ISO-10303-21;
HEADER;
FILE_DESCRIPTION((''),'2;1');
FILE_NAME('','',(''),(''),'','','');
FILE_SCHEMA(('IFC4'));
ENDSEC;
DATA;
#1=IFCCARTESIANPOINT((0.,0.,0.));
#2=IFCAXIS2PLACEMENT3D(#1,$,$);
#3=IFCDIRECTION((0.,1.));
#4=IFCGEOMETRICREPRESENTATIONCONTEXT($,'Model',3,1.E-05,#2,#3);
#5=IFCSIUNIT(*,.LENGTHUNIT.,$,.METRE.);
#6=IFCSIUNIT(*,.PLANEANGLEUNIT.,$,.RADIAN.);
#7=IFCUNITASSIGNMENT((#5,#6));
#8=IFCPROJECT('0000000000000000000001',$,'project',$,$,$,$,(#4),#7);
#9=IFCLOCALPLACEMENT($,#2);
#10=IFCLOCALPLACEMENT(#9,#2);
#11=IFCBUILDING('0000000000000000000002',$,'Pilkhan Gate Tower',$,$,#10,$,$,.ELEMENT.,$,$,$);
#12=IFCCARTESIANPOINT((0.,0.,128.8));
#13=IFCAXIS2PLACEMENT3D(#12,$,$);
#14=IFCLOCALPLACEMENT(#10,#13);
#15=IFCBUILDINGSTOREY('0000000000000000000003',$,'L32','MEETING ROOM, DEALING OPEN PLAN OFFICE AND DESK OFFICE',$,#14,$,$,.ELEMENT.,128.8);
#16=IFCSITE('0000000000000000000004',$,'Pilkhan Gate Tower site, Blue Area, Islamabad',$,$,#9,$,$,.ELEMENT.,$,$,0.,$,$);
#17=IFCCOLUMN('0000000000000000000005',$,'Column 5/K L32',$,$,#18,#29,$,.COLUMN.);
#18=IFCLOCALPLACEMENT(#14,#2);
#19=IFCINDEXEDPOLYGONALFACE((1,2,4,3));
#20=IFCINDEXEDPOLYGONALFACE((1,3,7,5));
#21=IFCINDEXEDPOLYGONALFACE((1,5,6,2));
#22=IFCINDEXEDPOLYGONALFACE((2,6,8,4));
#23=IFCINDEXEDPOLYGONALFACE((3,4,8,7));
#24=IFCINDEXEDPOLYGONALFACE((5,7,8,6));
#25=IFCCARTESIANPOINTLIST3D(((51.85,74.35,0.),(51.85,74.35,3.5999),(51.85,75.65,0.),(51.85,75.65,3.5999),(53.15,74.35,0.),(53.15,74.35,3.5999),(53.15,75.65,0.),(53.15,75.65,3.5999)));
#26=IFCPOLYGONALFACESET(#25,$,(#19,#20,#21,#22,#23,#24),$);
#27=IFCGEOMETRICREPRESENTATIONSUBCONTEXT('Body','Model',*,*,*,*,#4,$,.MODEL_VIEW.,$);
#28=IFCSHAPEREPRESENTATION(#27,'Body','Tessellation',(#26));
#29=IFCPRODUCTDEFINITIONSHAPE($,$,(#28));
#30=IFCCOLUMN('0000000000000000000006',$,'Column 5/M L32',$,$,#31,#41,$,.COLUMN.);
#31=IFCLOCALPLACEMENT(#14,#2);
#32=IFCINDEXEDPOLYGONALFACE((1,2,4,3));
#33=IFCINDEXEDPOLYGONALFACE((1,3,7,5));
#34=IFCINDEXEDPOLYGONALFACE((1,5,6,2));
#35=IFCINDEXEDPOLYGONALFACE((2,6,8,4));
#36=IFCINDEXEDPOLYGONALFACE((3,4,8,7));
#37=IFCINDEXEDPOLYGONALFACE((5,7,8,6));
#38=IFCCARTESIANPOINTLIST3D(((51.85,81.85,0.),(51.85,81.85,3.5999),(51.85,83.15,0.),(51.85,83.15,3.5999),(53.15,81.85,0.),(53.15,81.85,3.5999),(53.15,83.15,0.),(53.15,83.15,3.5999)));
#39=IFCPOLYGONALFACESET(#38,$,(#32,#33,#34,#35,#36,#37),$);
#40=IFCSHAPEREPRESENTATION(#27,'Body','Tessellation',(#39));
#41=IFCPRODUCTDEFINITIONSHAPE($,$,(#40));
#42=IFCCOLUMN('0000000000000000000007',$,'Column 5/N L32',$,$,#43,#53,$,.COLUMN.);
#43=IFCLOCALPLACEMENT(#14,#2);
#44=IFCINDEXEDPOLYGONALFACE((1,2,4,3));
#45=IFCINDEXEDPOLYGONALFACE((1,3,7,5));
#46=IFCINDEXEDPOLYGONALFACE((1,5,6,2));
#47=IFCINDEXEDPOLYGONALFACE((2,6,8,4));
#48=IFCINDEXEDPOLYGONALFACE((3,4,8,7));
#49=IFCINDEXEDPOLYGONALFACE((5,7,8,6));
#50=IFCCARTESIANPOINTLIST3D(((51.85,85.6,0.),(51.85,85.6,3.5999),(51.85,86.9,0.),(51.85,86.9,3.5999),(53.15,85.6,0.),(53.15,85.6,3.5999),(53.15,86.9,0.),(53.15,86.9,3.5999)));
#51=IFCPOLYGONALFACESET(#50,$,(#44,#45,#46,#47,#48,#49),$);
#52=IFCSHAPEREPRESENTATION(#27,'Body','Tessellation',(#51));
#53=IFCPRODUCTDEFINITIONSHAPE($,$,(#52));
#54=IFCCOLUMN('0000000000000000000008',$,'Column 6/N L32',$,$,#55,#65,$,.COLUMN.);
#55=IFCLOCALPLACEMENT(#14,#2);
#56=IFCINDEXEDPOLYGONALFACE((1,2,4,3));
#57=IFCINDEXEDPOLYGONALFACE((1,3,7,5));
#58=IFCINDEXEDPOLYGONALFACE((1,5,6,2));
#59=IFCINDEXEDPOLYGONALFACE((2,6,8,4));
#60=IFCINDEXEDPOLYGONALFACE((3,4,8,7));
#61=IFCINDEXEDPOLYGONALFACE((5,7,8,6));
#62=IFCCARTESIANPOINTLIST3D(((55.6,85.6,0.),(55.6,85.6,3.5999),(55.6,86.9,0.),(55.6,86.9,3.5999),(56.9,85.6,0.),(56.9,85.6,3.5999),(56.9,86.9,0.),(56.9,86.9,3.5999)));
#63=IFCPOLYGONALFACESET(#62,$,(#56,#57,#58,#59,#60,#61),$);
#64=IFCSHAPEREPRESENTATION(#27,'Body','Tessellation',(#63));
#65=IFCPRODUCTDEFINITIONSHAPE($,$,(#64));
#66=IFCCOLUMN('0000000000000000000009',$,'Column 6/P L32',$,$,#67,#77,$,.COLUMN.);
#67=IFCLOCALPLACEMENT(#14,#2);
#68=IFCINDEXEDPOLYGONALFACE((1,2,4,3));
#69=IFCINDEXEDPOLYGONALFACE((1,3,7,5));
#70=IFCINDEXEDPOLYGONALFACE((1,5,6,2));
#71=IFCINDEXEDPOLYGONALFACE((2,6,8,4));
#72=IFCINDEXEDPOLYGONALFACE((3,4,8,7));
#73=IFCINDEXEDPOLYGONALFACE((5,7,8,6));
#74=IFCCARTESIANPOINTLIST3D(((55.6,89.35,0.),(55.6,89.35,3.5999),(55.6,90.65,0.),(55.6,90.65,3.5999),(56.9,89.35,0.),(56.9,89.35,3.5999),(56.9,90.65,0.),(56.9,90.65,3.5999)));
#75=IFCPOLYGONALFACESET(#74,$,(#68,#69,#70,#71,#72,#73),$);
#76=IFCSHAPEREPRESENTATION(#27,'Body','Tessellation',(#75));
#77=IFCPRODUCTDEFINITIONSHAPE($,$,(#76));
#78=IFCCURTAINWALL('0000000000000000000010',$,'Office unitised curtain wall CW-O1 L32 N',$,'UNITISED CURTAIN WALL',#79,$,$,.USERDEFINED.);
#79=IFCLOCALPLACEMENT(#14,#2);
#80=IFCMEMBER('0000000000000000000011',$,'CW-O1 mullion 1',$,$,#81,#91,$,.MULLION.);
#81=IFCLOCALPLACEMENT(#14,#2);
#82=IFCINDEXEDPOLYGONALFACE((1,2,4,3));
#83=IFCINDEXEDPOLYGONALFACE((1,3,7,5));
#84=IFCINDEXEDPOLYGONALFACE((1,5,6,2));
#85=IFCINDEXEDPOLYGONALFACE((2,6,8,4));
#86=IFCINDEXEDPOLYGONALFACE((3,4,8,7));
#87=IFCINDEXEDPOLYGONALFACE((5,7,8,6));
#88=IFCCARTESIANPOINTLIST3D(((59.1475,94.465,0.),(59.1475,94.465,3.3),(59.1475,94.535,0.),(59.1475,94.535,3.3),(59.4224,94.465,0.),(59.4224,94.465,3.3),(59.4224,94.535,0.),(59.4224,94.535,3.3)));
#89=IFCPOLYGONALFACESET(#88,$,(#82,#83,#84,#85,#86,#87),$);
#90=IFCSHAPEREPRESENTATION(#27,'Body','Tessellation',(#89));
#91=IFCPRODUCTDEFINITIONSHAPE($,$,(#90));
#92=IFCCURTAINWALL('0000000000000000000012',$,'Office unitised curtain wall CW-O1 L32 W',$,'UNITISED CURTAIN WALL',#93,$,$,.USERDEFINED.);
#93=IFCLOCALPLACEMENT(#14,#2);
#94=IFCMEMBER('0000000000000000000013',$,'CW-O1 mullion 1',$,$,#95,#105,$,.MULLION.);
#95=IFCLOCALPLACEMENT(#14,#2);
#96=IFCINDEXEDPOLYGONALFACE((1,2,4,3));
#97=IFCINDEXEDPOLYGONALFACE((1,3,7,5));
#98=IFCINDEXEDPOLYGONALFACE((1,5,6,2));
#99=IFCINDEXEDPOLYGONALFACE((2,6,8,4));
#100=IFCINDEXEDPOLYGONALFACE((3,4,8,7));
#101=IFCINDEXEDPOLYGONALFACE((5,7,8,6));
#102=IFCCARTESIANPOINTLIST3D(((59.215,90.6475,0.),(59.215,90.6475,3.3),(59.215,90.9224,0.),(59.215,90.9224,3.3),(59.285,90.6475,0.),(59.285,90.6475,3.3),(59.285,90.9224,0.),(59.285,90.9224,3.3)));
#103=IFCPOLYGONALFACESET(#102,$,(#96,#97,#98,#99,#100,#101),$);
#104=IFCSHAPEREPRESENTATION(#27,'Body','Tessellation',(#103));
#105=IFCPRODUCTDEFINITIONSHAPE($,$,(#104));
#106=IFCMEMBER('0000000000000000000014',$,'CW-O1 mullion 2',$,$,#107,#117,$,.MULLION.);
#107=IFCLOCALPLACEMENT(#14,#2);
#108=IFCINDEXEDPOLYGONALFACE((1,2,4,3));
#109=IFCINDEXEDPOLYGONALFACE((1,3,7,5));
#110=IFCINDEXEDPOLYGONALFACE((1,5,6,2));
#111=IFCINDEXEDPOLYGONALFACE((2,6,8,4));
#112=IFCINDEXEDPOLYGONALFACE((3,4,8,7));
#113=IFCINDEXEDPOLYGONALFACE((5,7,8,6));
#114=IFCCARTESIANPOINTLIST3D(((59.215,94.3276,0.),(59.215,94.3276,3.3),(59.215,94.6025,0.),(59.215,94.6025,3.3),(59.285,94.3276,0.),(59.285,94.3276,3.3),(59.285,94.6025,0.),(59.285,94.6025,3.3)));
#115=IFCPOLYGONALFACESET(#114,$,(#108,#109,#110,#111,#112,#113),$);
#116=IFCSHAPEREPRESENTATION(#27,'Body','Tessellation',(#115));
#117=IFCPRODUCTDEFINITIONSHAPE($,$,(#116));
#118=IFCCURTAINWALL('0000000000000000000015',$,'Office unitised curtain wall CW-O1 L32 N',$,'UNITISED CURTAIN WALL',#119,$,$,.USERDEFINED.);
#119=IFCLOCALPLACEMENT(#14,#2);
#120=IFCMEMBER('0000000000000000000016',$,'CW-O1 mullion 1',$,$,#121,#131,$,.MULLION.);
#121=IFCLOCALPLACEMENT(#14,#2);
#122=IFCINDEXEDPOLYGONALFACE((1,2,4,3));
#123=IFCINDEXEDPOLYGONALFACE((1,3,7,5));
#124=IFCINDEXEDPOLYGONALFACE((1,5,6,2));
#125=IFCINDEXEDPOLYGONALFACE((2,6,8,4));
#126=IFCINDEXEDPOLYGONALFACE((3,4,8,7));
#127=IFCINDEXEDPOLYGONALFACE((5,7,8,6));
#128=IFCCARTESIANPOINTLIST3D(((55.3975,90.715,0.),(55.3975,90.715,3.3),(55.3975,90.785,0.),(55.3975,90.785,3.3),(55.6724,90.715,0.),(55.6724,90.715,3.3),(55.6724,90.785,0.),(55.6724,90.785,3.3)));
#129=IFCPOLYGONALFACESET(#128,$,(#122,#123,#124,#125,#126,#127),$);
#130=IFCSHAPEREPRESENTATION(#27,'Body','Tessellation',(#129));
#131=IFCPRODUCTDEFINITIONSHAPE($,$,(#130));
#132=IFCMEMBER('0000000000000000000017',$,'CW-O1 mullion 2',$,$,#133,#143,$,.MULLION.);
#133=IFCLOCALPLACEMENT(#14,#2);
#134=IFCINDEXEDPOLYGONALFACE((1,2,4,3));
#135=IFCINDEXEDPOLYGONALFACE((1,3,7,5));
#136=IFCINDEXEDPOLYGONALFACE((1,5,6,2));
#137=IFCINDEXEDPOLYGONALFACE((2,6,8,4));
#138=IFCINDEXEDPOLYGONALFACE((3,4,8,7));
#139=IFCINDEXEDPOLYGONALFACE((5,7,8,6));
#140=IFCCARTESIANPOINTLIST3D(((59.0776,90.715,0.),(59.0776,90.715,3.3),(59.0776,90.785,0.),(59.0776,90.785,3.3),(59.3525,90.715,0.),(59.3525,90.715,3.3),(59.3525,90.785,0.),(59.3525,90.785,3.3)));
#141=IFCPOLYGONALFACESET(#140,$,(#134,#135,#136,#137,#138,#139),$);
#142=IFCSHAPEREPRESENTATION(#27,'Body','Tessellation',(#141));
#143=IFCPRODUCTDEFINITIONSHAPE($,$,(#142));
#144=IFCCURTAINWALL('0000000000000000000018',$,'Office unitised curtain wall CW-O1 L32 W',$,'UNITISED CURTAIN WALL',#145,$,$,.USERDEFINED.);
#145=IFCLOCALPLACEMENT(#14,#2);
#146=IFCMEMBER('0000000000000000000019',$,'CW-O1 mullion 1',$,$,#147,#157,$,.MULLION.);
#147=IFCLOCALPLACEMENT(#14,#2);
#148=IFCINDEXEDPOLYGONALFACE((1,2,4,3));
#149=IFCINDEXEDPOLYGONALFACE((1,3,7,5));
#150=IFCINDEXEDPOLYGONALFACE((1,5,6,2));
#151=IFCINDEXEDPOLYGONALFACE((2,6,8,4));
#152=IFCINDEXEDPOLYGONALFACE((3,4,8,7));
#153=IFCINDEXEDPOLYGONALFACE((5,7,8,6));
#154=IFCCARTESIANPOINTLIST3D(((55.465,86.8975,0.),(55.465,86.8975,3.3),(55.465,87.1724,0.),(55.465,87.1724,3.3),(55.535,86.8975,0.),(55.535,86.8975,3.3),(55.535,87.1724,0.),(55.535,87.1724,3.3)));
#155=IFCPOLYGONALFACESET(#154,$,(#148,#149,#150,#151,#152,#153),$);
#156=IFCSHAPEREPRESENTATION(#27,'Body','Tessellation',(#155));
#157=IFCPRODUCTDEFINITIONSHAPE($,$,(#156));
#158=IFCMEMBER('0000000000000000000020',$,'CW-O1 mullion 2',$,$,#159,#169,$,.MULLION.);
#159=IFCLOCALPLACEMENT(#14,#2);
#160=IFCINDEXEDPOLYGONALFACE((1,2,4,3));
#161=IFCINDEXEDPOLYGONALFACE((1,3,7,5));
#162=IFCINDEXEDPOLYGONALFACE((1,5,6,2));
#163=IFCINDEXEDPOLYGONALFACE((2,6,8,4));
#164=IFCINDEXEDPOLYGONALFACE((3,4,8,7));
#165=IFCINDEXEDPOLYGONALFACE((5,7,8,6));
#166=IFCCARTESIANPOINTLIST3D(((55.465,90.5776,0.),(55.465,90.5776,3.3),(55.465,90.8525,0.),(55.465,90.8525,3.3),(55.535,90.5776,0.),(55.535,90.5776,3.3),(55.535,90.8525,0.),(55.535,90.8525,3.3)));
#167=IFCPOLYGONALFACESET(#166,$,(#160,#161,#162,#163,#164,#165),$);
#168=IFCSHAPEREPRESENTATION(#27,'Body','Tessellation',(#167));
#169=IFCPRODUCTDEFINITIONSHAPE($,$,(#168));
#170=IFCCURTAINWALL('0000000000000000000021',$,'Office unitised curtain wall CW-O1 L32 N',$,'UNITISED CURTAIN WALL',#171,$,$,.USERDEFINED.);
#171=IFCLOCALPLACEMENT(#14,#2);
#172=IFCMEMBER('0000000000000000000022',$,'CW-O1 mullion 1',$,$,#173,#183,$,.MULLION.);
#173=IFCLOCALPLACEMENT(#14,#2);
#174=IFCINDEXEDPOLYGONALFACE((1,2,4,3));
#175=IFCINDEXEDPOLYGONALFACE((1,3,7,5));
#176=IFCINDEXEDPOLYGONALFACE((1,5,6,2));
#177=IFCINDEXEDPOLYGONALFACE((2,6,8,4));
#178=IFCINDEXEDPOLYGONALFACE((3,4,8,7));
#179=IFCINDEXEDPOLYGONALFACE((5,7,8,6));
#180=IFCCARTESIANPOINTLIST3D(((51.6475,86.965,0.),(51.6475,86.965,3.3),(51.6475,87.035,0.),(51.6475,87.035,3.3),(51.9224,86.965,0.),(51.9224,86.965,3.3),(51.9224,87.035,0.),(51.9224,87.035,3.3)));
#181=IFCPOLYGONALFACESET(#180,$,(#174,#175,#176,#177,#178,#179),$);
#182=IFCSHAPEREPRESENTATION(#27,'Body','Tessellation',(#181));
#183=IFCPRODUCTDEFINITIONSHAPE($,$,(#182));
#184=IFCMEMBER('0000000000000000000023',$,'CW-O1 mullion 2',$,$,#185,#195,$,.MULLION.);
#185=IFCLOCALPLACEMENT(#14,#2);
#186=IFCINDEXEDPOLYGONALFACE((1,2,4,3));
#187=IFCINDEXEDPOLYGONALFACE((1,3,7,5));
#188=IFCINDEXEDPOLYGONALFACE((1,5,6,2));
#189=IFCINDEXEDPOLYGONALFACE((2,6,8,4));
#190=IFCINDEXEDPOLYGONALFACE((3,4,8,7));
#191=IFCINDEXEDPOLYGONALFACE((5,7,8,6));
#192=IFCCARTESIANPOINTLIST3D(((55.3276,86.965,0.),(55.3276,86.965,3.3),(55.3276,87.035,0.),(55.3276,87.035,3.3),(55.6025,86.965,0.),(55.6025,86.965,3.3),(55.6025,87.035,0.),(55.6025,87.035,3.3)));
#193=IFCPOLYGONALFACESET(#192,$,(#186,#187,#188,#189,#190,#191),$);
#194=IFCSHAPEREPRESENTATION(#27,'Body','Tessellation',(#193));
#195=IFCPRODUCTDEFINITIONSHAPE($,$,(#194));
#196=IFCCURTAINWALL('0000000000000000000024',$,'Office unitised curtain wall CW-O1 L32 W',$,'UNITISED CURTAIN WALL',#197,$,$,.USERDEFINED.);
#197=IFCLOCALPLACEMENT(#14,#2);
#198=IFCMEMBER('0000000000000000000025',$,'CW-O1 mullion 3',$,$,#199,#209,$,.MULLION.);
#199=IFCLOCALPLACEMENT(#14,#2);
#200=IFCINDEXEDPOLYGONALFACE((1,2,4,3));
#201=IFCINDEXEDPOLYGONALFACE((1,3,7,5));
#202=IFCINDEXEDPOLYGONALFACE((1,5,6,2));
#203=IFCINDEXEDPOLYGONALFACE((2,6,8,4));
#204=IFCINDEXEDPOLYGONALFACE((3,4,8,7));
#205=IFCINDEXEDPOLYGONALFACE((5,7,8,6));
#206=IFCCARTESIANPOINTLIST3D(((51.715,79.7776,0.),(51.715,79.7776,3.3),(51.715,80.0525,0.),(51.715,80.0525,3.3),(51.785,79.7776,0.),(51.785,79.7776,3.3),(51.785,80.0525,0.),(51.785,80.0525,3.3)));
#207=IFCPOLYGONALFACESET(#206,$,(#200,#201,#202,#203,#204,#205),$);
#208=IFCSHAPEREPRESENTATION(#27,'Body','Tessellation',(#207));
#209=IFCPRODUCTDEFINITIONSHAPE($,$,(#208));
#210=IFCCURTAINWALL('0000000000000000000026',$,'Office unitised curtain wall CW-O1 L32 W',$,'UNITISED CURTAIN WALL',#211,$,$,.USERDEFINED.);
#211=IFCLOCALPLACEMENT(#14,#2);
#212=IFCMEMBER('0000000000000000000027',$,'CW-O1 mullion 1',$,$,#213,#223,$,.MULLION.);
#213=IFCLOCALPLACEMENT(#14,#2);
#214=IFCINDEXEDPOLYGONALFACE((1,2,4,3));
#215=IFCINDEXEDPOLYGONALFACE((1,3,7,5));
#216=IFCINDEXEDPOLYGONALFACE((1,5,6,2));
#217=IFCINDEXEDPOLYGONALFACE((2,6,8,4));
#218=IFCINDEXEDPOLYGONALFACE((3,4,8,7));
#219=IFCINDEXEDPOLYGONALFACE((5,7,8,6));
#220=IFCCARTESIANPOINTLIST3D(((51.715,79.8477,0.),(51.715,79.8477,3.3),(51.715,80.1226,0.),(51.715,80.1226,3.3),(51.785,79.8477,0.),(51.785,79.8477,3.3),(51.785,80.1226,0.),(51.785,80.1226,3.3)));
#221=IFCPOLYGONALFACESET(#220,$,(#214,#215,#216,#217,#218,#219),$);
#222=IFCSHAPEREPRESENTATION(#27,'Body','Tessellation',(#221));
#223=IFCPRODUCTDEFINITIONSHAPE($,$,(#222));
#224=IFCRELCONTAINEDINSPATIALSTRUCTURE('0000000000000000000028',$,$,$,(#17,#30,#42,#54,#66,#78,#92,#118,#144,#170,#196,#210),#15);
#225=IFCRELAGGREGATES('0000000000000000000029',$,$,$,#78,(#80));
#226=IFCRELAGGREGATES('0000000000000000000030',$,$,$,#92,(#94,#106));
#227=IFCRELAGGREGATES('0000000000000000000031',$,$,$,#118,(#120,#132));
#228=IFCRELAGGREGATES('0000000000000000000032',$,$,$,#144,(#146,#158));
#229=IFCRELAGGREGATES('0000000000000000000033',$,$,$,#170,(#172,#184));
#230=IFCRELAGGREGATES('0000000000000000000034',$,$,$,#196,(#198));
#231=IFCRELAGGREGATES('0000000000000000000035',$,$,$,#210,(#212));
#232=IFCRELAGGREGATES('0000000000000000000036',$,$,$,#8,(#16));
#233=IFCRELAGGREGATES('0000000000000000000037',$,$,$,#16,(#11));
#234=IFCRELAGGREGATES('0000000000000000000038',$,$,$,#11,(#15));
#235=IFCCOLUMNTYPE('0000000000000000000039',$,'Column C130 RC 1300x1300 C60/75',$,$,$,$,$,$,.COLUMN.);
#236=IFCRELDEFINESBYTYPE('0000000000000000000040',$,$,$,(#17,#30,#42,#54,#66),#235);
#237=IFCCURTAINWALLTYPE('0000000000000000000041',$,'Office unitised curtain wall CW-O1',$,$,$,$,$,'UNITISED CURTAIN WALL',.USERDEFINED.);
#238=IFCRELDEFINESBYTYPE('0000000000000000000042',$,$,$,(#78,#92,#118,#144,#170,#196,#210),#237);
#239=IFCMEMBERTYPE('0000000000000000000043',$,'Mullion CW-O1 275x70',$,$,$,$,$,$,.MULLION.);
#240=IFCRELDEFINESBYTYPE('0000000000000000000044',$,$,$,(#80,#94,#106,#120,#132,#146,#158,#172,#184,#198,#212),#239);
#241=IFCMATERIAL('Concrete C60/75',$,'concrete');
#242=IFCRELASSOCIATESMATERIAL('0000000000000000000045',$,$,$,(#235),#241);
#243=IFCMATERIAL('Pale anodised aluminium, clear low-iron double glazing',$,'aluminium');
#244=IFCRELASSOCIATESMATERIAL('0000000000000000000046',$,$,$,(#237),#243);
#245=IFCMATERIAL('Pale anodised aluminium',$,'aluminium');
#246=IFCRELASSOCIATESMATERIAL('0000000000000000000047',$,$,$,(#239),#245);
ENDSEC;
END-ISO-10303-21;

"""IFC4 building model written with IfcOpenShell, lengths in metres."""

from ifc_helpers import new_model, si_unit, direction, frame, origin, origin_2d, place, context, subcontext, project, spatial, rectangle, extrude, material, material_profile, profile_set, type_object, element, aggregate, save


model = new_model("IFC4")

# Units and contexts
model_context = context("Model", 3, precision=1e-05, world=origin(), true_north=direction((0.0, 1.0)))
body_context = subcontext(model_context, "Body", "Model", "MODEL_VIEW")
ifc_project = project(units=[si_unit("LENGTHUNIT", "METRE"), si_unit("PLANEANGLEUNIT", "RADIAN")], contexts=[model_context])

# Site, building, storey
site_placement = place(None, origin())
site = spatial("IfcSite", under=ifc_project, at=site_placement, Name="Pilkhan Gate Tower site, Blue Area, Islamabad", CompositionType="ELEMENT", RefElevation=0.0)
building_placement = place(site_placement, origin())
building = spatial("IfcBuilding", under=site, at=building_placement, Name="Pilkhan Gate Tower", CompositionType="ELEMENT")
storey_placement = place(building_placement, frame((0.0, 0.0, 128.8)))
storey = spatial("IfcBuildingStorey", under=building, at=storey_placement, Name="L32", Description="MEETING ROOM, DEALING OPEN PLAN OFFICE AND DESK OFFICE", CompositionType="ELEMENT", Elevation=128.8)

# Columns
ifc_material_1 = material(Name="Concrete C60/75", Category="concrete")
ifc_material_profile_1 = material_profile(ifc_material_1, rectangle(XDim=1.3, YDim=1.3, at=origin_2d()), Name="RC 1300x1300")
ifc_profile_set_1 = profile_set([ifc_material_profile_1], Name="Concrete C60/75")
column_type = type_object("IfcColumnType", Name="Column C130 RC 1300x1300 C60/75", PredefinedType="COLUMN", material=ifc_profile_set_1)
for number, where, z_axis, x_axis, name in (
    (1, (52.5, 75.0, 0.0), (0.0, 0.0, 1.0), (1.0, 0.0, 0.0), "Column 5/K L32"),
    (2, (52.5, 82.5, 0.0), (0.0, 0.0, 1.0), (1.0, 0.0, 0.0), "Column 5/M L32"),
    (3, (52.5, 86.25, 0.0), (0.0, 0.0, 1.0), (1.0, 0.0, 0.0), "Column 5/N L32"),
    (4, (56.25, 86.25, 0.0), (0.0, 0.0, 1.0), (1.0, 0.0, 0.0), "Column 6/N L32"),
    (5, (56.25, 90.0, 0.0), (0.0, 0.0, 1.0), (1.0, 0.0, 0.0), "Column 6/P L32"),
):
    element("IfcColumn", number, at=place(storey_placement, frame(where, z_axis=z_axis, x_axis=x_axis)), inside=storey, type_object=column_type, Name=name, PredefinedType="COLUMN", context=body_context, shape_type="SweptSolid", body=[
        extrude(rectangle(XDim=1.3, YDim=1.3, at=origin_2d()), origin(), (0.0, 0.0, 1.0), 3.5999),
    ])

# Curtain wall, member
ifc_material_2 = material(Name="Pale anodised aluminium, clear low-iron double glazing", Category="aluminium")
curtain_wall_type = type_object("IfcCurtainWallType", Name="Office unitised curtain wall CW-O1", ElementType="UNITISED CURTAIN WALL", PredefinedType="USERDEFINED", material=ifc_material_2)
curtain_wall_1_placement = place(storey_placement, origin())
curtain_wall_1 = element("IfcCurtainWall", 6, at=curtain_wall_1_placement, inside=storey, type_object=curtain_wall_type, Name="Office unitised curtain wall CW-O1 L32 N", ObjectType="UNITISED CURTAIN WALL", PredefinedType="USERDEFINED")
ifc_material_3 = material(Name="Pale anodised aluminium", Category="aluminium")
ifc_material_profile_2 = material_profile(ifc_material_3, rectangle(XDim=0.0701, YDim=0.2749, at=origin_2d()), Name="Mullion 275x70")
ifc_profile_set_2 = profile_set([ifc_material_profile_2], Name="Pale anodised aluminium")
member_type_1 = type_object("IfcMemberType", Name="Mullion CW-O1 275x70", PredefinedType="MULLION", material=ifc_profile_set_2)
member_1_placement = place(storey_placement, frame((59.2849, 94.5, 0.0), z_axis=(0.0, 0.0, 1.0), x_axis=(0.0, 1.0, 0.0)))
member_1 = element("IfcMember", 7, at=member_1_placement, type_object=member_type_1, Name="CW-O1 mullion 1", PredefinedType="MULLION", context=body_context, shape_type="SweptSolid", body=[
    extrude(rectangle(XDim=0.0701, YDim=0.2749, at=origin_2d()), origin(), (0.0, 0.0, 1.0), 3.3),
])

# Curtain walls, members
curtain_wall_2_placement = place(storey_placement, origin())
curtain_wall_2 = element("IfcCurtainWall", 8, at=curtain_wall_2_placement, inside=storey, type_object=curtain_wall_type, Name="Office unitised curtain wall CW-O1 L32 W", ObjectType="UNITISED CURTAIN WALL", PredefinedType="USERDEFINED")
member_2_placement = place(storey_placement, frame((59.25, 90.7849, 0.0), z_axis=(0.0, 0.0, 1.0), x_axis=(-1.0, 0.0, 0.0)))
member_2 = element("IfcMember", 9, at=member_2_placement, type_object=member_type_1, Name="CW-O1 mullion 1", PredefinedType="MULLION", context=body_context, shape_type="SweptSolid", body=[
    extrude(rectangle(XDim=0.0701, YDim=0.2749, at=origin_2d()), origin(), (0.0, 0.0, 1.0), 3.3),
])
member_3_placement = place(storey_placement, frame((59.25, 94.4651, 0.0), z_axis=(0.0, 0.0, 1.0), x_axis=(-1.0, 0.0, 0.0)))
member_3 = element("IfcMember", 10, at=member_3_placement, type_object=member_type_1, Name="CW-O1 mullion 2", PredefinedType="MULLION", context=body_context, shape_type="SweptSolid", body=[
    extrude(rectangle(XDim=0.0701, YDim=0.2749, at=origin_2d()), origin(), (0.0, 0.0, 1.0), 3.3),
])
curtain_wall_3_placement = place(storey_placement, origin())
curtain_wall_3 = element("IfcCurtainWall", 11, at=curtain_wall_3_placement, inside=storey, type_object=curtain_wall_type, Name="Office unitised curtain wall CW-O1 L32 N", ObjectType="UNITISED CURTAIN WALL", PredefinedType="USERDEFINED")
member_4_placement = place(storey_placement, frame((55.5349, 90.75, 0.0), z_axis=(0.0, 0.0, 1.0), x_axis=(0.0, 1.0, 0.0)))
member_4 = element("IfcMember", 12, at=member_4_placement, type_object=member_type_1, Name="CW-O1 mullion 1", PredefinedType="MULLION", context=body_context, shape_type="SweptSolid", body=[
    extrude(rectangle(XDim=0.0701, YDim=0.2749, at=origin_2d()), origin(), (0.0, 0.0, 1.0), 3.3),
])
member_5_placement = place(storey_placement, frame((59.2151, 90.75, 0.0), z_axis=(0.0, 0.0, 1.0), x_axis=(0.0, 1.0, 0.0)))
member_5 = element("IfcMember", 13, at=member_5_placement, type_object=member_type_1, Name="CW-O1 mullion 2", PredefinedType="MULLION", context=body_context, shape_type="SweptSolid", body=[
    extrude(rectangle(XDim=0.0701, YDim=0.2749, at=origin_2d()), origin(), (0.0, 0.0, 1.0), 3.3),
])
curtain_wall_4_placement = place(storey_placement, origin())
curtain_wall_4 = element("IfcCurtainWall", 14, at=curtain_wall_4_placement, inside=storey, type_object=curtain_wall_type, Name="Office unitised curtain wall CW-O1 L32 W", ObjectType="UNITISED CURTAIN WALL", PredefinedType="USERDEFINED")
member_6_placement = place(storey_placement, frame((55.5, 87.0349, 0.0), z_axis=(0.0, 0.0, 1.0), x_axis=(-1.0, 0.0, 0.0)))
member_6 = element("IfcMember", 15, at=member_6_placement, type_object=member_type_1, Name="CW-O1 mullion 1", PredefinedType="MULLION", context=body_context, shape_type="SweptSolid", body=[
    extrude(rectangle(XDim=0.0701, YDim=0.2749, at=origin_2d()), origin(), (0.0, 0.0, 1.0), 3.3),
])
member_7_placement = place(storey_placement, frame((55.5, 90.7151, 0.0), z_axis=(0.0, 0.0, 1.0), x_axis=(-1.0, 0.0, 0.0)))
member_7 = element("IfcMember", 16, at=member_7_placement, type_object=member_type_1, Name="CW-O1 mullion 2", PredefinedType="MULLION", context=body_context, shape_type="SweptSolid", body=[
    extrude(rectangle(XDim=0.0701, YDim=0.2749, at=origin_2d()), origin(), (0.0, 0.0, 1.0), 3.3),
])
curtain_wall_5_placement = place(storey_placement, origin())
curtain_wall_5 = element("IfcCurtainWall", 17, at=curtain_wall_5_placement, inside=storey, type_object=curtain_wall_type, Name="Office unitised curtain wall CW-O1 L32 N", ObjectType="UNITISED CURTAIN WALL", PredefinedType="USERDEFINED")
member_8_placement = place(storey_placement, frame((51.7849, 87.0, 0.0), z_axis=(0.0, 0.0, 1.0), x_axis=(0.0, 1.0, 0.0)))
member_8 = element("IfcMember", 18, at=member_8_placement, type_object=member_type_1, Name="CW-O1 mullion 1", PredefinedType="MULLION", context=body_context, shape_type="SweptSolid", body=[
    extrude(rectangle(XDim=0.0701, YDim=0.2749, at=origin_2d()), origin(), (0.0, 0.0, 1.0), 3.3),
])
member_9_placement = place(storey_placement, frame((55.4651, 87.0, 0.0), z_axis=(0.0, 0.0, 1.0), x_axis=(0.0, 1.0, 0.0)))
member_9 = element("IfcMember", 19, at=member_9_placement, type_object=member_type_1, Name="CW-O1 mullion 2", PredefinedType="MULLION", context=body_context, shape_type="SweptSolid", body=[
    extrude(rectangle(XDim=0.0701, YDim=0.2749, at=origin_2d()), origin(), (0.0, 0.0, 1.0), 3.3),
])

# Curtain wall, member
curtain_wall_6_placement = place(storey_placement, origin())
curtain_wall_6 = element("IfcCurtainWall", 20, at=curtain_wall_6_placement, inside=storey, type_object=curtain_wall_type, Name="Office unitised curtain wall CW-O1 L32 W", ObjectType="UNITISED CURTAIN WALL", PredefinedType="USERDEFINED")
member_10_placement = place(storey_placement, frame((51.75, 79.915, 0.0), z_axis=(0.0, 0.0, 1.0), x_axis=(-1.0, 0.0, 0.0)))
member_10 = element("IfcMember", 21, at=member_10_placement, type_object=member_type_1, Name="CW-O1 mullion 3", PredefinedType="MULLION", context=body_context, shape_type="SweptSolid", body=[
    extrude(rectangle(XDim=0.0701, YDim=0.2749, at=origin_2d()), origin(), (0.0, 0.0, 1.0), 3.3),
])

# Curtain wall, member
curtain_wall_7_placement = place(storey_placement, origin())
curtain_wall_7 = element("IfcCurtainWall", 22, at=curtain_wall_7_placement, inside=storey, type_object=curtain_wall_type, Name="Office unitised curtain wall CW-O1 L32 W", ObjectType="UNITISED CURTAIN WALL", PredefinedType="USERDEFINED")
member_11_placement = place(storey_placement, frame((51.75, 79.9851, 0.0), z_axis=(0.0, 0.0, 1.0), x_axis=(-1.0, 0.0, 0.0)))
member_11 = element("IfcMember", 23, at=member_11_placement, type_object=member_type_1, Name="CW-O1 mullion 1", PredefinedType="MULLION", context=body_context, shape_type="SweptSolid", body=[
    extrude(rectangle(XDim=0.0701, YDim=0.2749, at=origin_2d()), origin(), (0.0, 0.0, 1.0), 3.3),
])

aggregate(curtain_wall_1, [member_1])

aggregate(curtain_wall_2, [member_2, member_3])
aggregate(curtain_wall_3, [member_4, member_5])
aggregate(curtain_wall_4, [member_6, member_7])
aggregate(curtain_wall_5, [member_8, member_9])
aggregate(curtain_wall_6, [member_10])
aggregate(curtain_wall_7, [member_11])

save(model, "model.ifc")
